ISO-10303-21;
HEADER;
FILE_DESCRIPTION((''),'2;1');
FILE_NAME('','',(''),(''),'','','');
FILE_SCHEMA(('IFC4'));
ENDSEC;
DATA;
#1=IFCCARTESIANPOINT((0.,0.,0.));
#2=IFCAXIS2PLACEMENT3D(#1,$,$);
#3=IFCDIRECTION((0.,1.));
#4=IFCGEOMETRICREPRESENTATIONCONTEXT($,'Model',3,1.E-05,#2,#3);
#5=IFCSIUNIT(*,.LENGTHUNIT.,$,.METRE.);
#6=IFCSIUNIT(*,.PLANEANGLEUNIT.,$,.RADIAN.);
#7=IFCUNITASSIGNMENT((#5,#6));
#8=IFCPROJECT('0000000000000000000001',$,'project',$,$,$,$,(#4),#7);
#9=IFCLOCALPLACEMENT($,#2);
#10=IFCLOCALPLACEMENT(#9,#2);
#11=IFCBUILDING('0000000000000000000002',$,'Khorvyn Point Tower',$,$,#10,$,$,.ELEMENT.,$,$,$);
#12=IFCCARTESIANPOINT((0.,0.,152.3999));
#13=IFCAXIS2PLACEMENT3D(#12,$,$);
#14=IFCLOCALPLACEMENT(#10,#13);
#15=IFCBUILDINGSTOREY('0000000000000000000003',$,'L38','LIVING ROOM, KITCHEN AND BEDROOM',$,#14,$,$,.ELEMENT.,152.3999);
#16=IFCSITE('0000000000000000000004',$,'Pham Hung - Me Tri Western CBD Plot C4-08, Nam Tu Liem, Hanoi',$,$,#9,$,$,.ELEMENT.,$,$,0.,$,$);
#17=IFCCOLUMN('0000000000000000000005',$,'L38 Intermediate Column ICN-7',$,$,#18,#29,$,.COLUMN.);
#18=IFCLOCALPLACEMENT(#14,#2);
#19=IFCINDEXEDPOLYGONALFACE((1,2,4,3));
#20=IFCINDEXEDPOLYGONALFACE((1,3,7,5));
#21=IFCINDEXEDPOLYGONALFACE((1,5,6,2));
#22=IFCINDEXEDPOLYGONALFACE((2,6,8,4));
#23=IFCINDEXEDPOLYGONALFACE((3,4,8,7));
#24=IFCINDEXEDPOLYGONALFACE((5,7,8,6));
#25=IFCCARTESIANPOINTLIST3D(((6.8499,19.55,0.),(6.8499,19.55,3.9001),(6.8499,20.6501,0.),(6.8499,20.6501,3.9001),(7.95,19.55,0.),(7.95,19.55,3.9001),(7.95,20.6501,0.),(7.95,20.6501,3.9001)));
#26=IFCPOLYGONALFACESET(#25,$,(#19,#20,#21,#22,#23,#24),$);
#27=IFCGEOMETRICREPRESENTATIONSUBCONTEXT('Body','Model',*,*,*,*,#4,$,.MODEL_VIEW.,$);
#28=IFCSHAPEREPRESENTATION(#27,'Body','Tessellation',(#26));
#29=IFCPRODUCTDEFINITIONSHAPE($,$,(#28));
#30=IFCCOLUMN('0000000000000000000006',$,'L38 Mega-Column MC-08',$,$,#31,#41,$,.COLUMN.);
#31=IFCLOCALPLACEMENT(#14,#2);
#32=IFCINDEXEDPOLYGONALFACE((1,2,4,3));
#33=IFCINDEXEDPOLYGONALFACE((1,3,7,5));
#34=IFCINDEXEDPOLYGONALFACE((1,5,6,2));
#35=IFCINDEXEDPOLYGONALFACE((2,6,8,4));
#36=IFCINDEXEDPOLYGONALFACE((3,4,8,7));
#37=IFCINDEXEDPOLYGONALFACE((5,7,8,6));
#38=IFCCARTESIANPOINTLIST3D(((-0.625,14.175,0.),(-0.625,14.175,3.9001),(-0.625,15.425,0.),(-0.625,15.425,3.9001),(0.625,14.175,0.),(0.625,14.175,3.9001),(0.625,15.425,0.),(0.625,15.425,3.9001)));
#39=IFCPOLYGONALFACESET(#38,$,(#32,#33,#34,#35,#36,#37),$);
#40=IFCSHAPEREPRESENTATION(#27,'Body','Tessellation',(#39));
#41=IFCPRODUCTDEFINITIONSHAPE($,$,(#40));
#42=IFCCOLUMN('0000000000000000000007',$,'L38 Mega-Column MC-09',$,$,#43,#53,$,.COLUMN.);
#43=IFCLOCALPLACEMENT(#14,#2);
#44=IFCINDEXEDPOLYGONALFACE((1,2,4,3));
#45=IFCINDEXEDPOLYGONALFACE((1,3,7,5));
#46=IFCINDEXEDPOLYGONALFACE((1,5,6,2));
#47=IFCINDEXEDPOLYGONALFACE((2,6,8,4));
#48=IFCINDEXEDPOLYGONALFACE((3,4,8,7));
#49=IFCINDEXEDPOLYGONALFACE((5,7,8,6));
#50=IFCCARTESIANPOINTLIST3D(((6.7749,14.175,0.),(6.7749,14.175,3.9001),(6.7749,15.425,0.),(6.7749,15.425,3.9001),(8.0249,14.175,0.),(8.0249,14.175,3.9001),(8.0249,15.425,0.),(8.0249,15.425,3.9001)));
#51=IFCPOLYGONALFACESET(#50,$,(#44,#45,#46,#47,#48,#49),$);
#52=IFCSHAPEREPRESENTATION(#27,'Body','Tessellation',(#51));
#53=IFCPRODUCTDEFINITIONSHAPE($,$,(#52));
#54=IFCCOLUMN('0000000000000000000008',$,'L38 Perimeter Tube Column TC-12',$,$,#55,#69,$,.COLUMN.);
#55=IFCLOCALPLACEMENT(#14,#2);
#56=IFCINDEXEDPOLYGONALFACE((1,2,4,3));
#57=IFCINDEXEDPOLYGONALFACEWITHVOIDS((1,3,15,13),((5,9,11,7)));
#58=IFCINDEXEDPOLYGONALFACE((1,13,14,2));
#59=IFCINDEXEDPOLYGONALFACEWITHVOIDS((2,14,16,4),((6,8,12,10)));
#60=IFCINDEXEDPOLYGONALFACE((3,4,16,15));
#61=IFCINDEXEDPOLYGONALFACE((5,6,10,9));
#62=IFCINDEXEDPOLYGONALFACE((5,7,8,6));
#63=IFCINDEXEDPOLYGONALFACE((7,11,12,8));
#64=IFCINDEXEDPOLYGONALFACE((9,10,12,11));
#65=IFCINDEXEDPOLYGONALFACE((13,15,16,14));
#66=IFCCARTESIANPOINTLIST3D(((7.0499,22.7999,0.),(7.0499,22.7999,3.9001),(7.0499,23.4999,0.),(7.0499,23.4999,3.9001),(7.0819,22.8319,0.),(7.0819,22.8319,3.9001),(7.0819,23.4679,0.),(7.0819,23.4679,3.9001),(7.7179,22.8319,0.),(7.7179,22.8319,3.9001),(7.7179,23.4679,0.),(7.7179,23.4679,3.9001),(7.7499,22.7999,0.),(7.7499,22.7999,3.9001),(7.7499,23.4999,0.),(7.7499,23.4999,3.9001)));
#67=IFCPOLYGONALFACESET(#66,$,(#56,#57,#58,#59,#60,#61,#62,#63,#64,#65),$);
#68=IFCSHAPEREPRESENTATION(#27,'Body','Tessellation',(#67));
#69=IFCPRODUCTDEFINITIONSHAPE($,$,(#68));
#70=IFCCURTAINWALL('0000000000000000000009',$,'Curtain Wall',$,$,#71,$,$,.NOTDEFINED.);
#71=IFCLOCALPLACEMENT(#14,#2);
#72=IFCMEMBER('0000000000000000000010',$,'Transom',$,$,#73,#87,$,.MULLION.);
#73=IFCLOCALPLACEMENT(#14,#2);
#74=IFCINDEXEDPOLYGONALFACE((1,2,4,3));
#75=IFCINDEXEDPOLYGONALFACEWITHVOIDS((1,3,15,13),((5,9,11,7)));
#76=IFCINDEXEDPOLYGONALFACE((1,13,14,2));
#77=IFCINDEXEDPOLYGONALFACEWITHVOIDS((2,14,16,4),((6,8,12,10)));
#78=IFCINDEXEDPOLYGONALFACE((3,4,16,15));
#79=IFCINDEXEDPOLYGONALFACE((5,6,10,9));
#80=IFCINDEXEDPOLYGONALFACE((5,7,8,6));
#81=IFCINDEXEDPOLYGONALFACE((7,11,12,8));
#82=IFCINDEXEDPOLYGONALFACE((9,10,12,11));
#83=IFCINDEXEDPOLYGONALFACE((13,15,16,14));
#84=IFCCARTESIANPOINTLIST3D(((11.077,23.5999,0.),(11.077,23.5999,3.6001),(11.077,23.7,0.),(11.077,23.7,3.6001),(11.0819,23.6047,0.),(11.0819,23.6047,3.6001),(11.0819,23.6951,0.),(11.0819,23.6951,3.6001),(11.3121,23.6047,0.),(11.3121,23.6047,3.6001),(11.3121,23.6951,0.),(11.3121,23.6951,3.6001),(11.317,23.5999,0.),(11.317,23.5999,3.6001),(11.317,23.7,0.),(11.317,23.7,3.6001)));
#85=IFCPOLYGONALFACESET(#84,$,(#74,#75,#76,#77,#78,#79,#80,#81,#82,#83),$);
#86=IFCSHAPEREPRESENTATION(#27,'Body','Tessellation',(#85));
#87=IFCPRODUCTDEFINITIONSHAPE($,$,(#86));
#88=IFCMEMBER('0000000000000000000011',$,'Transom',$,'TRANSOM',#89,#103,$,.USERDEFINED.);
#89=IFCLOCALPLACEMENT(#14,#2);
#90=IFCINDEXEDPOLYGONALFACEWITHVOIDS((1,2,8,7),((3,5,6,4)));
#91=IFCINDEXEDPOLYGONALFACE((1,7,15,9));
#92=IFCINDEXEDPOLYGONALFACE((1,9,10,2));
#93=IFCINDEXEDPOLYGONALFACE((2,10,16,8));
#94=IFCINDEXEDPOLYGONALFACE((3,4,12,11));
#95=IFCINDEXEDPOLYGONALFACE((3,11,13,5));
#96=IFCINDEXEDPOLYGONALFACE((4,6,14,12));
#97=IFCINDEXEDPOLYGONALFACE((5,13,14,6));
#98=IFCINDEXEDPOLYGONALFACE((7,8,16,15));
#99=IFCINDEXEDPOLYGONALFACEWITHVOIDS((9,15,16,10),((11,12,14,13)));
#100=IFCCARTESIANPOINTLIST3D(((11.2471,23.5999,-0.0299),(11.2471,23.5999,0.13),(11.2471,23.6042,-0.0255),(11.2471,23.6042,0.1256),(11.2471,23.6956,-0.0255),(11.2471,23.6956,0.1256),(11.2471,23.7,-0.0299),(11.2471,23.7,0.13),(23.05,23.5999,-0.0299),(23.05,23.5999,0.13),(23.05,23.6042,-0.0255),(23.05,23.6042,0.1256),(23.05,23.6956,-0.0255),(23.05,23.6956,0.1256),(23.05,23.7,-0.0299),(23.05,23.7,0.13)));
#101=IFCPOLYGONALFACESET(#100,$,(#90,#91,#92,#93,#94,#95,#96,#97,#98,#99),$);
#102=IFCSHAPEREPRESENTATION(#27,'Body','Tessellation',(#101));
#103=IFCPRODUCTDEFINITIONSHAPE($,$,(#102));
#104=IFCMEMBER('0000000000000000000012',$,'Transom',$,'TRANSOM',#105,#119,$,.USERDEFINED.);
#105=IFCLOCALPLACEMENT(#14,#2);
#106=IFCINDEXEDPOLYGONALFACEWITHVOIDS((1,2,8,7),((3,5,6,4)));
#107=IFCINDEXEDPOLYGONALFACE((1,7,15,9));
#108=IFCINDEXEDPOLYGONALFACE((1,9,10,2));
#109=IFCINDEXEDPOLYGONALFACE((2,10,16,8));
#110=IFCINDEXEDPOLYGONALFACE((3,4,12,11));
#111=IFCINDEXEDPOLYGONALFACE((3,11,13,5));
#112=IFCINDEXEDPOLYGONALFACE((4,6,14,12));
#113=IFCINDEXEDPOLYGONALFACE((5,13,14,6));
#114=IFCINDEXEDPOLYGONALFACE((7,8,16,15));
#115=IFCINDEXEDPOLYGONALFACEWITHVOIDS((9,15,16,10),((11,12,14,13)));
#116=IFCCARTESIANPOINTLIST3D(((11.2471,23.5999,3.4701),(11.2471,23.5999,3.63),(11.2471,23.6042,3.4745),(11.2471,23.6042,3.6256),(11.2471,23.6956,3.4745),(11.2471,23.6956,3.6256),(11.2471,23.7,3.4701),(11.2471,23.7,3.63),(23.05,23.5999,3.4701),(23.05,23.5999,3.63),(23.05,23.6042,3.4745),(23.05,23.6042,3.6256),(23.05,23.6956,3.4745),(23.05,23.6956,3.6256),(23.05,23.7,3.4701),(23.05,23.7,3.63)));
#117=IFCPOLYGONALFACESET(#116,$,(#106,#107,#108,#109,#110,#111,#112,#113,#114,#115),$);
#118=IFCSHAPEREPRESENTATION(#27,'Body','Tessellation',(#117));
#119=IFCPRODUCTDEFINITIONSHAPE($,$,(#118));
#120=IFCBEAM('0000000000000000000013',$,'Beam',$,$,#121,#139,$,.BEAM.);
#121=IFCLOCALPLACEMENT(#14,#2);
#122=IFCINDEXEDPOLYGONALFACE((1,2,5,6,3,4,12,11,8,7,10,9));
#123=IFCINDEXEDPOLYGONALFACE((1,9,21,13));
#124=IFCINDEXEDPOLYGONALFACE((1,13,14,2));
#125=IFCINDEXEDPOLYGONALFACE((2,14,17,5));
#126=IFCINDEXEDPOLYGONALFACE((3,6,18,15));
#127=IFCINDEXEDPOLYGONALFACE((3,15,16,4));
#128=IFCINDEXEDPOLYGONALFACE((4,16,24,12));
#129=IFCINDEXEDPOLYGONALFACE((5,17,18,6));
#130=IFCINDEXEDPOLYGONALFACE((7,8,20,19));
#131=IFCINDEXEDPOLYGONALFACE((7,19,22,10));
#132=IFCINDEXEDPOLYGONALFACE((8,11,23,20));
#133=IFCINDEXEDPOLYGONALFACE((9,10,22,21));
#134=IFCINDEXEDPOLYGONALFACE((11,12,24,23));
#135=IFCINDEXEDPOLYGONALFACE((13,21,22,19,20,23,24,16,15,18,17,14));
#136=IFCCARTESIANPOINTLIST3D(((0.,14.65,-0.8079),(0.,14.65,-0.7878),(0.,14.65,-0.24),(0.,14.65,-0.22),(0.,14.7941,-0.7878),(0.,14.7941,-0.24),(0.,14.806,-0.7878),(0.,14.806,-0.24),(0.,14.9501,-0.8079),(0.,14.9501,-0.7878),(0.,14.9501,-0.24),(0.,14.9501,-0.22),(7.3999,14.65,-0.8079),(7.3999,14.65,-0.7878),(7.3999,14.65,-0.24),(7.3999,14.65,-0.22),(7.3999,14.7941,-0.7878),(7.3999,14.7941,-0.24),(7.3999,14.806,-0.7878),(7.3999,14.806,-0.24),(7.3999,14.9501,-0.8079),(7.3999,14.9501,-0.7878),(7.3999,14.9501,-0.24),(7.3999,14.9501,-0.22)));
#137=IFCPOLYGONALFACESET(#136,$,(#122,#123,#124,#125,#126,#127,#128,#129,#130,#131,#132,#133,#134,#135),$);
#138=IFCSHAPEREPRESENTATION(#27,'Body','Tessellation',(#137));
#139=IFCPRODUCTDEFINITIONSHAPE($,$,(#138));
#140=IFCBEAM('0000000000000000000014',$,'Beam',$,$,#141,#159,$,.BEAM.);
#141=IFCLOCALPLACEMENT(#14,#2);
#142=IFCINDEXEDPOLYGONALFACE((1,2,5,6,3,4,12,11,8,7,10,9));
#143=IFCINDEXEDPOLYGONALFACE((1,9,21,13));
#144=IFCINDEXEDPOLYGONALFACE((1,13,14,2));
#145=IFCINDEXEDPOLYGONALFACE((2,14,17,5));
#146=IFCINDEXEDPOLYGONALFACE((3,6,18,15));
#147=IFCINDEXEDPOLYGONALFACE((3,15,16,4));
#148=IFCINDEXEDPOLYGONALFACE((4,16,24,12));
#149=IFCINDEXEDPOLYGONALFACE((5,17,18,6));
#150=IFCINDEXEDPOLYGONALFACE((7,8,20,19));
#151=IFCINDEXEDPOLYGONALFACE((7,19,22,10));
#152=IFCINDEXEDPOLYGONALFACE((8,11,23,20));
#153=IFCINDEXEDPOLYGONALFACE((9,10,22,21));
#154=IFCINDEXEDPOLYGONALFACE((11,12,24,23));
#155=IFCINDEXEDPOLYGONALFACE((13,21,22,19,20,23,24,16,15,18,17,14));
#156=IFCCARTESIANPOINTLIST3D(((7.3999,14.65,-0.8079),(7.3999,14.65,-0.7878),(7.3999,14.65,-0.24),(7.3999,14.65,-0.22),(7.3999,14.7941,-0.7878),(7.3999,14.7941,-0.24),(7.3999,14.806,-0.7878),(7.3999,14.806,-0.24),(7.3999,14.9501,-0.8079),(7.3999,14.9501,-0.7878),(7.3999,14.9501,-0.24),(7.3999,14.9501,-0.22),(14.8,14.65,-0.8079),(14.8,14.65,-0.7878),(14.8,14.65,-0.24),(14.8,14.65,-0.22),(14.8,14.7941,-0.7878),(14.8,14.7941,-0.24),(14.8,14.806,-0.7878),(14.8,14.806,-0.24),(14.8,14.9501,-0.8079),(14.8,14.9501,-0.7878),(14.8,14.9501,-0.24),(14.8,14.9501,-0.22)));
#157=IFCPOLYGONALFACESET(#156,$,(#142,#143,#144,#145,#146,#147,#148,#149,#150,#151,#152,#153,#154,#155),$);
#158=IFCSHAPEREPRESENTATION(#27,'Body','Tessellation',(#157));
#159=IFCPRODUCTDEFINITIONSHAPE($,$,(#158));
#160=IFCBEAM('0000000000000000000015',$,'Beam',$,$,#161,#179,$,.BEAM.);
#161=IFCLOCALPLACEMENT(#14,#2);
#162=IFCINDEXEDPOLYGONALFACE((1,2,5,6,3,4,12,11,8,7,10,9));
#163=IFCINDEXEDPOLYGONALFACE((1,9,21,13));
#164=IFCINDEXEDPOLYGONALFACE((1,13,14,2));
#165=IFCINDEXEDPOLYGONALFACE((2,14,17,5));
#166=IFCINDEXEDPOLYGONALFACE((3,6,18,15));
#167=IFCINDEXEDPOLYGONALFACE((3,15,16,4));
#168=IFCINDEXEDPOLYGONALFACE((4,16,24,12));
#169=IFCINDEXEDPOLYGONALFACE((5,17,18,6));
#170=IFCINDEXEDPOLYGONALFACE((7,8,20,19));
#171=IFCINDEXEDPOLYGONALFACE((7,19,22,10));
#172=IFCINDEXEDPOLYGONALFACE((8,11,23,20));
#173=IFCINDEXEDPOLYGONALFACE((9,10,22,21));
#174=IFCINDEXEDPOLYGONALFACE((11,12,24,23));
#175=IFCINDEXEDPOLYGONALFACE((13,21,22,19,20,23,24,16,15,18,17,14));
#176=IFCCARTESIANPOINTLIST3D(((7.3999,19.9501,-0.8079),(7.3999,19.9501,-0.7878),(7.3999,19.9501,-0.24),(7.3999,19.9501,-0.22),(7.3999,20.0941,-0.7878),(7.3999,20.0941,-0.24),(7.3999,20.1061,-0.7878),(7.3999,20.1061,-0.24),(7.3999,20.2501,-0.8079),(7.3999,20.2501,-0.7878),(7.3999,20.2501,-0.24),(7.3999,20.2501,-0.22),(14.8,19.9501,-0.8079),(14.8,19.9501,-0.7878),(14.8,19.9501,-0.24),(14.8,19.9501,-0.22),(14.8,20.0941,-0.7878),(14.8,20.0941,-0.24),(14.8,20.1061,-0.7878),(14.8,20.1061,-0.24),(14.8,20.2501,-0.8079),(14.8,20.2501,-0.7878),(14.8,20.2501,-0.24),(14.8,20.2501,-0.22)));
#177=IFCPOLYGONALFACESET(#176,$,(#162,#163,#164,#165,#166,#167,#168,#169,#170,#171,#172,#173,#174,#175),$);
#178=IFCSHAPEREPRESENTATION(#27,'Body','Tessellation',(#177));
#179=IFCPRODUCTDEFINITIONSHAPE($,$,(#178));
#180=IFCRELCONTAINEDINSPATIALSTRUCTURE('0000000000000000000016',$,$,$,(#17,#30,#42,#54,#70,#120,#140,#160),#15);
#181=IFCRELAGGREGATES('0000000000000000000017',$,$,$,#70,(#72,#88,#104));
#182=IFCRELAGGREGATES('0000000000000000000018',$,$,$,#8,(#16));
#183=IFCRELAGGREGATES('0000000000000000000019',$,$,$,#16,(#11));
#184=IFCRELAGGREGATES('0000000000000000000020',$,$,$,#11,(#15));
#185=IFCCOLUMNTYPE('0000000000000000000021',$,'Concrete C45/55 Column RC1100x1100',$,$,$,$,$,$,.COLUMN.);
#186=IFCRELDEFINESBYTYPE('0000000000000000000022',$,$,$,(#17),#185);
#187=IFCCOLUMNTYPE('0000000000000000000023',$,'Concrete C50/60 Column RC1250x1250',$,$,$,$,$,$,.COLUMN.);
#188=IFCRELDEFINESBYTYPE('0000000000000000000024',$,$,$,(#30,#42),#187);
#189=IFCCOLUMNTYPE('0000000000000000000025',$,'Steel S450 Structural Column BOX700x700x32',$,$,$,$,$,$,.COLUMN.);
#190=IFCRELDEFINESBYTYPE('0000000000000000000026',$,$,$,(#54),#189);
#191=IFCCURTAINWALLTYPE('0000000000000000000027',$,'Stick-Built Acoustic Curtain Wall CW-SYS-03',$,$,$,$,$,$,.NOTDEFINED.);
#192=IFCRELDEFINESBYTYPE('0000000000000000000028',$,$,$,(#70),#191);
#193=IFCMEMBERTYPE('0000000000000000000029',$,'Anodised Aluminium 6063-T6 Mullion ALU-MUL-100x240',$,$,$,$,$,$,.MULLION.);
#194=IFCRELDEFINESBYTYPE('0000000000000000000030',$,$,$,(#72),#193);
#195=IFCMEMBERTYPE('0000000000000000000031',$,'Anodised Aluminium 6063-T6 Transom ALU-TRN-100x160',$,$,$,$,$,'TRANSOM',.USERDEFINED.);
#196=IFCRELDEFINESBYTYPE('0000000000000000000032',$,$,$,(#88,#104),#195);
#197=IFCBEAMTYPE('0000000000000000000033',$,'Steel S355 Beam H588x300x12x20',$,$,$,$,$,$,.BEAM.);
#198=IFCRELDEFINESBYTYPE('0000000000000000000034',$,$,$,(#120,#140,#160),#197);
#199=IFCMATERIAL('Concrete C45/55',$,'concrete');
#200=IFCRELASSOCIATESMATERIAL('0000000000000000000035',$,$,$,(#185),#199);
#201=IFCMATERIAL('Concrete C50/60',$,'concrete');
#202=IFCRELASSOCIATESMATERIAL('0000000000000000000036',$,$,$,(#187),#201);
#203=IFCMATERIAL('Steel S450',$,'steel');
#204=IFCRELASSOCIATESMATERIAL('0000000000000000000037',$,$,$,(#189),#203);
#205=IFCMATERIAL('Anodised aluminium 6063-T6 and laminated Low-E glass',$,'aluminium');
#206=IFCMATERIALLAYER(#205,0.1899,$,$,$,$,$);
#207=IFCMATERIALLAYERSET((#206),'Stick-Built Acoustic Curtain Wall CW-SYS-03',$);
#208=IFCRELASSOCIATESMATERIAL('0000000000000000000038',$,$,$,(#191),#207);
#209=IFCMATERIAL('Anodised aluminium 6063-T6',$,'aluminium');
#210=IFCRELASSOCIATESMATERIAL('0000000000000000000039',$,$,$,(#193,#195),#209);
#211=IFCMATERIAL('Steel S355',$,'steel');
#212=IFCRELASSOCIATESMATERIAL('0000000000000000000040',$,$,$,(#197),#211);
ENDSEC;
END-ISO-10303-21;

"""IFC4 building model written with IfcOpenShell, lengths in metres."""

from ifc_helpers import new_model, si_unit, direction, frame, origin, origin_2d, place, context, subcontext, project, spatial, rectangle, hollow_rectangle, i_section, extrude, material, layer, layer_set, material_profile, profile_set, type_object, element, aggregate, save


model = new_model("IFC4")

# Units and contexts
model_context = context("Model", 3, precision=1e-05, world=origin(), true_north=direction((0.0, 1.0)))
body_context = subcontext(model_context, "Body", "Model", "MODEL_VIEW")
ifc_project = project(units=[si_unit("LENGTHUNIT", "METRE"), si_unit("PLANEANGLEUNIT", "RADIAN")], contexts=[model_context])

# Site, building, storey
site_placement = place(None, origin())
site = spatial("IfcSite", under=ifc_project, at=site_placement, Name="Pham Hung - Me Tri Western CBD Plot C4-08, Nam Tu Liem, Hanoi", CompositionType="ELEMENT", RefElevation=0.0)
building_placement = place(site_placement, origin())
building = spatial("IfcBuilding", under=site, at=building_placement, Name="Khorvyn Point Tower", CompositionType="ELEMENT")
storey_placement = place(building_placement, frame((0.0, 0.0, 152.3999)))
storey = spatial("IfcBuildingStorey", under=building, at=storey_placement, Name="L38", Description="LIVING ROOM, KITCHEN AND BEDROOM", CompositionType="ELEMENT", Elevation=152.3999)

# Columns
ifc_material_1 = material(Name="Concrete C45/55", Category="concrete")
ifc_material_profile_1 = material_profile(ifc_material_1, rectangle(XDim=1.1001, YDim=1.1001, at=origin_2d()))
ifc_profile_set_1 = profile_set([ifc_material_profile_1], Name="Concrete C45/55 RC1100x1100")
column_type_1 = type_object("IfcColumnType", Name="Concrete C45/55 Column RC1100x1100", PredefinedType="COLUMN", material=ifc_profile_set_1)
column_1_placement = place(storey_placement, frame((7.3999, 20.1001, 0.0), z_axis=(0.0, 0.0, 1.0), x_axis=(1.0, 0.0, 0.0)))
element("IfcColumn", 1, at=column_1_placement, inside=storey, type_object=column_type_1, Name="L38 Intermediate Column ICN-7", PredefinedType="COLUMN", context=body_context, shape_type="SweptSolid", body=[
    extrude(rectangle(XDim=1.1001, YDim=1.1001, at=origin_2d()), origin(), (0.0, 0.0, 1.0), 3.9001),
])
ifc_material_2 = material(Name="Concrete C50/60", Category="concrete")
ifc_material_profile_2 = material_profile(ifc_material_2, rectangle(XDim=1.25, YDim=1.25, at=origin_2d()))
ifc_profile_set_2 = profile_set([ifc_material_profile_2], Name="Concrete C50/60 RC1250x1250")
column_type_2 = type_object("IfcColumnType", Name="Concrete C50/60 Column RC1250x1250", PredefinedType="COLUMN", material=ifc_profile_set_2)
for number, where, z_axis, x_axis, name in (
    (2, (0.0, 14.8, 0.0), (0.0, 0.0, 1.0), (1.0, 0.0, 0.0), "L38 Mega-Column MC-08"),
    (3, (7.3999, 14.8, 0.0), (0.0, 0.0, 1.0), (1.0, 0.0, 0.0), "L38 Mega-Column MC-09"),
):
    element("IfcColumn", number, at=place(storey_placement, frame(where, z_axis=z_axis, x_axis=x_axis)), inside=storey, type_object=column_type_2, Name=name, PredefinedType="COLUMN", context=body_context, shape_type="SweptSolid", body=[
        extrude(rectangle(XDim=1.25, YDim=1.25, at=origin_2d()), origin(), (0.0, 0.0, 1.0), 3.9001),
    ])
ifc_material_3 = material(Name="Steel S450", Category="steel")
ifc_material_profile_3 = material_profile(ifc_material_3, hollow_rectangle(XDim=0.7, YDim=0.7, WallThickness=0.032, at=origin_2d()))
ifc_profile_set_3 = profile_set([ifc_material_profile_3], Name="Steel S450 BOX700x700x32")
column_type_3 = type_object("IfcColumnType", Name="Steel S450 Structural Column BOX700x700x32", PredefinedType="COLUMN", material=ifc_profile_set_3)
column_2_placement = place(storey_placement, frame((7.3999, 23.1499, 0.0), z_axis=(0.0, 0.0, 1.0), x_axis=(1.0, 0.0, 0.0)))
element("IfcColumn", 4, at=column_2_placement, inside=storey, type_object=column_type_3, Name="L38 Perimeter Tube Column TC-12", PredefinedType="COLUMN", context=body_context, shape_type="SweptSolid", body=[
    extrude(hollow_rectangle(XDim=0.7, YDim=0.7, WallThickness=0.032, at=origin_2d()), origin(), (0.0, 0.0, 1.0), 3.9001),
])

# Curtain wall, members
ifc_material_4 = material(Name="Anodised aluminium 6063-T6 and laminated Low-E glass", Category="aluminium")
ifc_layer_1 = layer(ifc_material_4, 0.1899)
ifc_layer_set_1 = layer_set([ifc_layer_1], Name="Stick-Built Acoustic Curtain Wall CW-SYS-03")
curtain_wall_type = type_object("IfcCurtainWallType", Name="Stick-Built Acoustic Curtain Wall CW-SYS-03", PredefinedType="NOTDEFINED", material=ifc_layer_set_1)
curtain_wall_placement = place(storey_placement, origin())
curtain_wall = element("IfcCurtainWall", 5, at=curtain_wall_placement, inside=storey, type_object=curtain_wall_type, Name="Curtain Wall", PredefinedType="NOTDEFINED")
ifc_material_5 = material(Name="Anodised aluminium 6063-T6", Category="aluminium")
ifc_material_profile_4 = material_profile(ifc_material_5, hollow_rectangle(XDim=0.1001, YDim=0.24, WallThickness=0.0049, at=origin_2d()))
ifc_profile_set_4 = profile_set([ifc_material_profile_4], Name="Anodised aluminium 6063-T6 ALU-MUL-100x240")
member_type_1 = type_object("IfcMemberType", Name="Anodised Aluminium 6063-T6 Mullion ALU-MUL-100x240", PredefinedType="MULLION", material=ifc_profile_set_4)
member_1_placement = place(storey_placement, frame((11.197, 23.6499, 0.0), z_axis=(0.0, 0.0, 1.0), x_axis=(0.0, 1.0, 0.0)))
member_1 = element("IfcMember", 6, at=member_1_placement, type_object=member_type_1, Name="Transom", PredefinedType="MULLION", context=body_context, shape_type="SweptSolid", body=[
    extrude(hollow_rectangle(XDim=0.1001, YDim=0.24, WallThickness=0.0049, at=origin_2d()), origin(), (0.0, 0.0, 1.0), 3.6001),
])
ifc_material_profile_5 = material_profile(ifc_material_5, hollow_rectangle(XDim=0.1001, YDim=0.1599, WallThickness=0.0044, at=origin_2d()))
ifc_profile_set_5 = profile_set([ifc_material_profile_5], Name="Anodised aluminium 6063-T6 ALU-TRN-100x160")
member_type_2 = type_object("IfcMemberType", Name="Anodised Aluminium 6063-T6 Transom ALU-TRN-100x160", ElementType="TRANSOM", PredefinedType="USERDEFINED", material=ifc_profile_set_5)
member_2_placement = place(storey_placement, frame((11.2471, 23.6499, 0.05), z_axis=(1.0, 0.0, 0.0), x_axis=(0.0, 1.0, 0.0)))
member_2 = element("IfcMember", 7, at=member_2_placement, type_object=member_type_2, Name="Transom", ObjectType="TRANSOM", PredefinedType="USERDEFINED", context=body_context, shape_type="SweptSolid", body=[
    extrude(hollow_rectangle(XDim=0.1001, YDim=0.1599, WallThickness=0.0044, at=origin_2d()), origin(), (0.0, 0.0, 1.0), 11.803),
])
member_3_placement = place(storey_placement, frame((11.2471, 23.6499, 3.55), z_axis=(1.0, 0.0, 0.0), x_axis=(0.0, 1.0, 0.0)))
member_3 = element("IfcMember", 8, at=member_3_placement, type_object=member_type_2, Name="Transom", ObjectType="TRANSOM", PredefinedType="USERDEFINED", context=body_context, shape_type="SweptSolid", body=[
    extrude(hollow_rectangle(XDim=0.1001, YDim=0.1599, WallThickness=0.0044, at=origin_2d()), origin(), (0.0, 0.0, 1.0), 11.803),
])

# Beams
ifc_material_6 = material(Name="Steel S355", Category="steel")
ifc_material_profile_6 = material_profile(ifc_material_6, i_section(OverallWidth=0.3, OverallDepth=0.5879, WebThickness=0.012, FlangeThickness=0.02, at=origin_2d()))
ifc_profile_set_6 = profile_set([ifc_material_profile_6], Name="Steel S355 H588x300x12x20")
beam_type_1 = type_object("IfcBeamType", Name="Steel S355 Beam H588x300x12x20", PredefinedType="BEAM", material=ifc_profile_set_6)
beam_1_placement = place(storey_placement, frame((0.0, 14.8, -0.5139), z_axis=(1.0, 0.0, 0.0), x_axis=(0.0, 1.0, 0.0)))
element("IfcBeam", 9, at=beam_1_placement, inside=storey, type_object=beam_type_1, Name="Beam", PredefinedType="BEAM", context=body_context, shape_type="SweptSolid", body=[
    extrude(i_section(OverallWidth=0.3, OverallDepth=0.5879, WebThickness=0.012, FlangeThickness=0.02, at=origin_2d()), origin(), (0.0, 0.0, 1.0), 7.3999),
])
for number, where, z_axis, x_axis, name in (
    (10, (7.3999, 14.8, -0.5139), (1.0, 0.0, 0.0), (0.0, 1.0, 0.0), "Beam"),
    (11, (7.3999, 20.1001, -0.5139), (1.0, 0.0, 0.0), (0.0, 1.0, 0.0), "Beam"),
):
    element("IfcBeam", number, at=place(storey_placement, frame(where, z_axis=z_axis, x_axis=x_axis)), inside=storey, type_object=beam_type_1, Name=name, PredefinedType="BEAM", context=body_context, shape_type="SweptSolid", body=[
        extrude(i_section(OverallWidth=0.3, OverallDepth=0.5879, WebThickness=0.012, FlangeThickness=0.02, at=origin_2d()), origin(), (0.0, 0.0, 1.0), 7.4001),
    ])

aggregate(curtain_wall, [member_1, member_2, member_3])

save(model, "model.ifc")
